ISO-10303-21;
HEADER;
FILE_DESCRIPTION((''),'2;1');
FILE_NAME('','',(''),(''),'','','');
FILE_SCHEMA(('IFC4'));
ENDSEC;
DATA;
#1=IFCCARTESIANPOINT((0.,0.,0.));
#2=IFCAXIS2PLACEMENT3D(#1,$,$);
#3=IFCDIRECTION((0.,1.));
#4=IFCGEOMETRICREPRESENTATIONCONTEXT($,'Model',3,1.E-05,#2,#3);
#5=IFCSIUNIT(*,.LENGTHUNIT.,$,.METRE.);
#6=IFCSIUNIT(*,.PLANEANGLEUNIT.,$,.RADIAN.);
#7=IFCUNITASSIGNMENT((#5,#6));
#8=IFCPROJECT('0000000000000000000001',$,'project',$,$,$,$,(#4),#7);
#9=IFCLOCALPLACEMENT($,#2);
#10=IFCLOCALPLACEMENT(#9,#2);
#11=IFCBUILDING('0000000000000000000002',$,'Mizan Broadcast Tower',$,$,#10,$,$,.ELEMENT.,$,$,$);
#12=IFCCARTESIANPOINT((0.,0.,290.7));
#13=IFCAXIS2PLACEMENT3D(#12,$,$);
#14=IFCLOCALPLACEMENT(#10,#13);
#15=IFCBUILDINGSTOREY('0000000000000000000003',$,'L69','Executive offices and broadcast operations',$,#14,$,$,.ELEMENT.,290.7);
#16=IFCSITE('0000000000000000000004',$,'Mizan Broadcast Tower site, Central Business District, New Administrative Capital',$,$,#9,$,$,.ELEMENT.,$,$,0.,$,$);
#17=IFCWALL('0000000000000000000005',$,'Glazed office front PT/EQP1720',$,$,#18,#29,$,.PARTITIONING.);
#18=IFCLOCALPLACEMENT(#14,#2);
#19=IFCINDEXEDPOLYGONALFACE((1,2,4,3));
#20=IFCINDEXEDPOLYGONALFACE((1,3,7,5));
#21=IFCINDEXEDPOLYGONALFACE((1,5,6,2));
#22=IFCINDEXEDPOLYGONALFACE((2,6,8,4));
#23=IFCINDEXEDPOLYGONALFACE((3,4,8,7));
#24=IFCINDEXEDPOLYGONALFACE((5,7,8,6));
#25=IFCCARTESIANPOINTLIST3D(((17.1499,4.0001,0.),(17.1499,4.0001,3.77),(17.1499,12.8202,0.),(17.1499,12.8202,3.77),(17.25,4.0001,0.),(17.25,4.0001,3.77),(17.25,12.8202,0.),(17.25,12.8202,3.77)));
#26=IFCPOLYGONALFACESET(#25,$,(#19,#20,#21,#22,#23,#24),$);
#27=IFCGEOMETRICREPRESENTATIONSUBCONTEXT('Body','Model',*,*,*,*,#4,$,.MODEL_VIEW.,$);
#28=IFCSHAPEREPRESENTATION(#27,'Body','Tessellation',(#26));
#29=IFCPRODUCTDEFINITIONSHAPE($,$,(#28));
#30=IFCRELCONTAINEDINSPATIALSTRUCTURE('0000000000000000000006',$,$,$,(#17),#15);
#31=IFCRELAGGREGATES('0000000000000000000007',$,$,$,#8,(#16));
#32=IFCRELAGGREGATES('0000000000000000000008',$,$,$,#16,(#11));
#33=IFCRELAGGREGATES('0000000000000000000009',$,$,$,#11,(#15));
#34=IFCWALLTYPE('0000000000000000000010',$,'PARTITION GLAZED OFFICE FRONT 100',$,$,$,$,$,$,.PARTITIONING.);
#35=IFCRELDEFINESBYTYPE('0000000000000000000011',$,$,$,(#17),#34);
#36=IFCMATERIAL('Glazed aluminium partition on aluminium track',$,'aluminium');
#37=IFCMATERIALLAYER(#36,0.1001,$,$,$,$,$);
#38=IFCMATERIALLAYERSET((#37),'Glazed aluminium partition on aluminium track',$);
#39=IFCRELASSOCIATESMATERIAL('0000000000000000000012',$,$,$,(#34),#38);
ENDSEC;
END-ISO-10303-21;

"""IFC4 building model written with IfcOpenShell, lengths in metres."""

from ifc_helpers import new_model, si_unit, direction, frame, frame_2d, origin, place, context, subcontext, project, spatial, rectangle, extrude, material, layer, layer_set, type_object, element, save


model = new_model("IFC4")

# Units and contexts
model_context = context("Model", 3, precision=1e-05, world=origin(), true_north=direction((0.0, 1.0)))
body_context = subcontext(model_context, "Body", "Model", "MODEL_VIEW")
ifc_project = project(units=[si_unit("LENGTHUNIT", "METRE"), si_unit("PLANEANGLEUNIT", "RADIAN")], contexts=[model_context])

# Site, building, storey
site_placement = place(None, origin())
site = spatial("IfcSite", under=ifc_project, at=site_placement, Name="Mizan Broadcast Tower site, Central Business District, New Administrative Capital", CompositionType="ELEMENT", RefElevation=0.0)
building_placement = place(site_placement, origin())
building = spatial("IfcBuilding", under=site, at=building_placement, Name="Mizan Broadcast Tower", CompositionType="ELEMENT")
storey_placement = place(building_placement, frame((0.0, 0.0, 290.7)))
storey = spatial("IfcBuildingStorey", under=building, at=storey_placement, Name="L69", Description="Executive offices and broadcast operations", CompositionType="ELEMENT", Elevation=290.7)

# Shared definitions
ifc_material_1 = material(Name="Glazed aluminium partition on aluminium track", Category="aluminium")
ifc_layer_1 = layer(ifc_material_1, 0.1001)
ifc_layer_set_1 = layer_set([ifc_layer_1], Name="Glazed aluminium partition on aluminium track")
wall_type = type_object("IfcWallType", Name="PARTITION GLAZED OFFICE FRONT 100", PredefinedType="PARTITIONING", material=ifc_layer_set_1)

# Wall
for number, where, z_axis, x_axis, name in (
    (1, (17.2, 4.0, 0.0), (0.0, 0.0, 1.0), (0.0, 1.0, 0.0), "Glazed office front PT/EQP1720"),
):
    element("IfcWall", number, at=place(storey_placement, frame(where, z_axis=z_axis, x_axis=x_axis)), inside=storey, type_object=wall_type, Name=name, PredefinedType="PARTITIONING", context=body_context, shape_type="SweptSolid", body=[
        extrude(rectangle(XDim=8.8201, YDim=0.1001, at=frame_2d((4.4102, 0.0))), origin(), (0.0, 0.0, 1.0), 3.77),
    ])

save(model, "model.ifc")
